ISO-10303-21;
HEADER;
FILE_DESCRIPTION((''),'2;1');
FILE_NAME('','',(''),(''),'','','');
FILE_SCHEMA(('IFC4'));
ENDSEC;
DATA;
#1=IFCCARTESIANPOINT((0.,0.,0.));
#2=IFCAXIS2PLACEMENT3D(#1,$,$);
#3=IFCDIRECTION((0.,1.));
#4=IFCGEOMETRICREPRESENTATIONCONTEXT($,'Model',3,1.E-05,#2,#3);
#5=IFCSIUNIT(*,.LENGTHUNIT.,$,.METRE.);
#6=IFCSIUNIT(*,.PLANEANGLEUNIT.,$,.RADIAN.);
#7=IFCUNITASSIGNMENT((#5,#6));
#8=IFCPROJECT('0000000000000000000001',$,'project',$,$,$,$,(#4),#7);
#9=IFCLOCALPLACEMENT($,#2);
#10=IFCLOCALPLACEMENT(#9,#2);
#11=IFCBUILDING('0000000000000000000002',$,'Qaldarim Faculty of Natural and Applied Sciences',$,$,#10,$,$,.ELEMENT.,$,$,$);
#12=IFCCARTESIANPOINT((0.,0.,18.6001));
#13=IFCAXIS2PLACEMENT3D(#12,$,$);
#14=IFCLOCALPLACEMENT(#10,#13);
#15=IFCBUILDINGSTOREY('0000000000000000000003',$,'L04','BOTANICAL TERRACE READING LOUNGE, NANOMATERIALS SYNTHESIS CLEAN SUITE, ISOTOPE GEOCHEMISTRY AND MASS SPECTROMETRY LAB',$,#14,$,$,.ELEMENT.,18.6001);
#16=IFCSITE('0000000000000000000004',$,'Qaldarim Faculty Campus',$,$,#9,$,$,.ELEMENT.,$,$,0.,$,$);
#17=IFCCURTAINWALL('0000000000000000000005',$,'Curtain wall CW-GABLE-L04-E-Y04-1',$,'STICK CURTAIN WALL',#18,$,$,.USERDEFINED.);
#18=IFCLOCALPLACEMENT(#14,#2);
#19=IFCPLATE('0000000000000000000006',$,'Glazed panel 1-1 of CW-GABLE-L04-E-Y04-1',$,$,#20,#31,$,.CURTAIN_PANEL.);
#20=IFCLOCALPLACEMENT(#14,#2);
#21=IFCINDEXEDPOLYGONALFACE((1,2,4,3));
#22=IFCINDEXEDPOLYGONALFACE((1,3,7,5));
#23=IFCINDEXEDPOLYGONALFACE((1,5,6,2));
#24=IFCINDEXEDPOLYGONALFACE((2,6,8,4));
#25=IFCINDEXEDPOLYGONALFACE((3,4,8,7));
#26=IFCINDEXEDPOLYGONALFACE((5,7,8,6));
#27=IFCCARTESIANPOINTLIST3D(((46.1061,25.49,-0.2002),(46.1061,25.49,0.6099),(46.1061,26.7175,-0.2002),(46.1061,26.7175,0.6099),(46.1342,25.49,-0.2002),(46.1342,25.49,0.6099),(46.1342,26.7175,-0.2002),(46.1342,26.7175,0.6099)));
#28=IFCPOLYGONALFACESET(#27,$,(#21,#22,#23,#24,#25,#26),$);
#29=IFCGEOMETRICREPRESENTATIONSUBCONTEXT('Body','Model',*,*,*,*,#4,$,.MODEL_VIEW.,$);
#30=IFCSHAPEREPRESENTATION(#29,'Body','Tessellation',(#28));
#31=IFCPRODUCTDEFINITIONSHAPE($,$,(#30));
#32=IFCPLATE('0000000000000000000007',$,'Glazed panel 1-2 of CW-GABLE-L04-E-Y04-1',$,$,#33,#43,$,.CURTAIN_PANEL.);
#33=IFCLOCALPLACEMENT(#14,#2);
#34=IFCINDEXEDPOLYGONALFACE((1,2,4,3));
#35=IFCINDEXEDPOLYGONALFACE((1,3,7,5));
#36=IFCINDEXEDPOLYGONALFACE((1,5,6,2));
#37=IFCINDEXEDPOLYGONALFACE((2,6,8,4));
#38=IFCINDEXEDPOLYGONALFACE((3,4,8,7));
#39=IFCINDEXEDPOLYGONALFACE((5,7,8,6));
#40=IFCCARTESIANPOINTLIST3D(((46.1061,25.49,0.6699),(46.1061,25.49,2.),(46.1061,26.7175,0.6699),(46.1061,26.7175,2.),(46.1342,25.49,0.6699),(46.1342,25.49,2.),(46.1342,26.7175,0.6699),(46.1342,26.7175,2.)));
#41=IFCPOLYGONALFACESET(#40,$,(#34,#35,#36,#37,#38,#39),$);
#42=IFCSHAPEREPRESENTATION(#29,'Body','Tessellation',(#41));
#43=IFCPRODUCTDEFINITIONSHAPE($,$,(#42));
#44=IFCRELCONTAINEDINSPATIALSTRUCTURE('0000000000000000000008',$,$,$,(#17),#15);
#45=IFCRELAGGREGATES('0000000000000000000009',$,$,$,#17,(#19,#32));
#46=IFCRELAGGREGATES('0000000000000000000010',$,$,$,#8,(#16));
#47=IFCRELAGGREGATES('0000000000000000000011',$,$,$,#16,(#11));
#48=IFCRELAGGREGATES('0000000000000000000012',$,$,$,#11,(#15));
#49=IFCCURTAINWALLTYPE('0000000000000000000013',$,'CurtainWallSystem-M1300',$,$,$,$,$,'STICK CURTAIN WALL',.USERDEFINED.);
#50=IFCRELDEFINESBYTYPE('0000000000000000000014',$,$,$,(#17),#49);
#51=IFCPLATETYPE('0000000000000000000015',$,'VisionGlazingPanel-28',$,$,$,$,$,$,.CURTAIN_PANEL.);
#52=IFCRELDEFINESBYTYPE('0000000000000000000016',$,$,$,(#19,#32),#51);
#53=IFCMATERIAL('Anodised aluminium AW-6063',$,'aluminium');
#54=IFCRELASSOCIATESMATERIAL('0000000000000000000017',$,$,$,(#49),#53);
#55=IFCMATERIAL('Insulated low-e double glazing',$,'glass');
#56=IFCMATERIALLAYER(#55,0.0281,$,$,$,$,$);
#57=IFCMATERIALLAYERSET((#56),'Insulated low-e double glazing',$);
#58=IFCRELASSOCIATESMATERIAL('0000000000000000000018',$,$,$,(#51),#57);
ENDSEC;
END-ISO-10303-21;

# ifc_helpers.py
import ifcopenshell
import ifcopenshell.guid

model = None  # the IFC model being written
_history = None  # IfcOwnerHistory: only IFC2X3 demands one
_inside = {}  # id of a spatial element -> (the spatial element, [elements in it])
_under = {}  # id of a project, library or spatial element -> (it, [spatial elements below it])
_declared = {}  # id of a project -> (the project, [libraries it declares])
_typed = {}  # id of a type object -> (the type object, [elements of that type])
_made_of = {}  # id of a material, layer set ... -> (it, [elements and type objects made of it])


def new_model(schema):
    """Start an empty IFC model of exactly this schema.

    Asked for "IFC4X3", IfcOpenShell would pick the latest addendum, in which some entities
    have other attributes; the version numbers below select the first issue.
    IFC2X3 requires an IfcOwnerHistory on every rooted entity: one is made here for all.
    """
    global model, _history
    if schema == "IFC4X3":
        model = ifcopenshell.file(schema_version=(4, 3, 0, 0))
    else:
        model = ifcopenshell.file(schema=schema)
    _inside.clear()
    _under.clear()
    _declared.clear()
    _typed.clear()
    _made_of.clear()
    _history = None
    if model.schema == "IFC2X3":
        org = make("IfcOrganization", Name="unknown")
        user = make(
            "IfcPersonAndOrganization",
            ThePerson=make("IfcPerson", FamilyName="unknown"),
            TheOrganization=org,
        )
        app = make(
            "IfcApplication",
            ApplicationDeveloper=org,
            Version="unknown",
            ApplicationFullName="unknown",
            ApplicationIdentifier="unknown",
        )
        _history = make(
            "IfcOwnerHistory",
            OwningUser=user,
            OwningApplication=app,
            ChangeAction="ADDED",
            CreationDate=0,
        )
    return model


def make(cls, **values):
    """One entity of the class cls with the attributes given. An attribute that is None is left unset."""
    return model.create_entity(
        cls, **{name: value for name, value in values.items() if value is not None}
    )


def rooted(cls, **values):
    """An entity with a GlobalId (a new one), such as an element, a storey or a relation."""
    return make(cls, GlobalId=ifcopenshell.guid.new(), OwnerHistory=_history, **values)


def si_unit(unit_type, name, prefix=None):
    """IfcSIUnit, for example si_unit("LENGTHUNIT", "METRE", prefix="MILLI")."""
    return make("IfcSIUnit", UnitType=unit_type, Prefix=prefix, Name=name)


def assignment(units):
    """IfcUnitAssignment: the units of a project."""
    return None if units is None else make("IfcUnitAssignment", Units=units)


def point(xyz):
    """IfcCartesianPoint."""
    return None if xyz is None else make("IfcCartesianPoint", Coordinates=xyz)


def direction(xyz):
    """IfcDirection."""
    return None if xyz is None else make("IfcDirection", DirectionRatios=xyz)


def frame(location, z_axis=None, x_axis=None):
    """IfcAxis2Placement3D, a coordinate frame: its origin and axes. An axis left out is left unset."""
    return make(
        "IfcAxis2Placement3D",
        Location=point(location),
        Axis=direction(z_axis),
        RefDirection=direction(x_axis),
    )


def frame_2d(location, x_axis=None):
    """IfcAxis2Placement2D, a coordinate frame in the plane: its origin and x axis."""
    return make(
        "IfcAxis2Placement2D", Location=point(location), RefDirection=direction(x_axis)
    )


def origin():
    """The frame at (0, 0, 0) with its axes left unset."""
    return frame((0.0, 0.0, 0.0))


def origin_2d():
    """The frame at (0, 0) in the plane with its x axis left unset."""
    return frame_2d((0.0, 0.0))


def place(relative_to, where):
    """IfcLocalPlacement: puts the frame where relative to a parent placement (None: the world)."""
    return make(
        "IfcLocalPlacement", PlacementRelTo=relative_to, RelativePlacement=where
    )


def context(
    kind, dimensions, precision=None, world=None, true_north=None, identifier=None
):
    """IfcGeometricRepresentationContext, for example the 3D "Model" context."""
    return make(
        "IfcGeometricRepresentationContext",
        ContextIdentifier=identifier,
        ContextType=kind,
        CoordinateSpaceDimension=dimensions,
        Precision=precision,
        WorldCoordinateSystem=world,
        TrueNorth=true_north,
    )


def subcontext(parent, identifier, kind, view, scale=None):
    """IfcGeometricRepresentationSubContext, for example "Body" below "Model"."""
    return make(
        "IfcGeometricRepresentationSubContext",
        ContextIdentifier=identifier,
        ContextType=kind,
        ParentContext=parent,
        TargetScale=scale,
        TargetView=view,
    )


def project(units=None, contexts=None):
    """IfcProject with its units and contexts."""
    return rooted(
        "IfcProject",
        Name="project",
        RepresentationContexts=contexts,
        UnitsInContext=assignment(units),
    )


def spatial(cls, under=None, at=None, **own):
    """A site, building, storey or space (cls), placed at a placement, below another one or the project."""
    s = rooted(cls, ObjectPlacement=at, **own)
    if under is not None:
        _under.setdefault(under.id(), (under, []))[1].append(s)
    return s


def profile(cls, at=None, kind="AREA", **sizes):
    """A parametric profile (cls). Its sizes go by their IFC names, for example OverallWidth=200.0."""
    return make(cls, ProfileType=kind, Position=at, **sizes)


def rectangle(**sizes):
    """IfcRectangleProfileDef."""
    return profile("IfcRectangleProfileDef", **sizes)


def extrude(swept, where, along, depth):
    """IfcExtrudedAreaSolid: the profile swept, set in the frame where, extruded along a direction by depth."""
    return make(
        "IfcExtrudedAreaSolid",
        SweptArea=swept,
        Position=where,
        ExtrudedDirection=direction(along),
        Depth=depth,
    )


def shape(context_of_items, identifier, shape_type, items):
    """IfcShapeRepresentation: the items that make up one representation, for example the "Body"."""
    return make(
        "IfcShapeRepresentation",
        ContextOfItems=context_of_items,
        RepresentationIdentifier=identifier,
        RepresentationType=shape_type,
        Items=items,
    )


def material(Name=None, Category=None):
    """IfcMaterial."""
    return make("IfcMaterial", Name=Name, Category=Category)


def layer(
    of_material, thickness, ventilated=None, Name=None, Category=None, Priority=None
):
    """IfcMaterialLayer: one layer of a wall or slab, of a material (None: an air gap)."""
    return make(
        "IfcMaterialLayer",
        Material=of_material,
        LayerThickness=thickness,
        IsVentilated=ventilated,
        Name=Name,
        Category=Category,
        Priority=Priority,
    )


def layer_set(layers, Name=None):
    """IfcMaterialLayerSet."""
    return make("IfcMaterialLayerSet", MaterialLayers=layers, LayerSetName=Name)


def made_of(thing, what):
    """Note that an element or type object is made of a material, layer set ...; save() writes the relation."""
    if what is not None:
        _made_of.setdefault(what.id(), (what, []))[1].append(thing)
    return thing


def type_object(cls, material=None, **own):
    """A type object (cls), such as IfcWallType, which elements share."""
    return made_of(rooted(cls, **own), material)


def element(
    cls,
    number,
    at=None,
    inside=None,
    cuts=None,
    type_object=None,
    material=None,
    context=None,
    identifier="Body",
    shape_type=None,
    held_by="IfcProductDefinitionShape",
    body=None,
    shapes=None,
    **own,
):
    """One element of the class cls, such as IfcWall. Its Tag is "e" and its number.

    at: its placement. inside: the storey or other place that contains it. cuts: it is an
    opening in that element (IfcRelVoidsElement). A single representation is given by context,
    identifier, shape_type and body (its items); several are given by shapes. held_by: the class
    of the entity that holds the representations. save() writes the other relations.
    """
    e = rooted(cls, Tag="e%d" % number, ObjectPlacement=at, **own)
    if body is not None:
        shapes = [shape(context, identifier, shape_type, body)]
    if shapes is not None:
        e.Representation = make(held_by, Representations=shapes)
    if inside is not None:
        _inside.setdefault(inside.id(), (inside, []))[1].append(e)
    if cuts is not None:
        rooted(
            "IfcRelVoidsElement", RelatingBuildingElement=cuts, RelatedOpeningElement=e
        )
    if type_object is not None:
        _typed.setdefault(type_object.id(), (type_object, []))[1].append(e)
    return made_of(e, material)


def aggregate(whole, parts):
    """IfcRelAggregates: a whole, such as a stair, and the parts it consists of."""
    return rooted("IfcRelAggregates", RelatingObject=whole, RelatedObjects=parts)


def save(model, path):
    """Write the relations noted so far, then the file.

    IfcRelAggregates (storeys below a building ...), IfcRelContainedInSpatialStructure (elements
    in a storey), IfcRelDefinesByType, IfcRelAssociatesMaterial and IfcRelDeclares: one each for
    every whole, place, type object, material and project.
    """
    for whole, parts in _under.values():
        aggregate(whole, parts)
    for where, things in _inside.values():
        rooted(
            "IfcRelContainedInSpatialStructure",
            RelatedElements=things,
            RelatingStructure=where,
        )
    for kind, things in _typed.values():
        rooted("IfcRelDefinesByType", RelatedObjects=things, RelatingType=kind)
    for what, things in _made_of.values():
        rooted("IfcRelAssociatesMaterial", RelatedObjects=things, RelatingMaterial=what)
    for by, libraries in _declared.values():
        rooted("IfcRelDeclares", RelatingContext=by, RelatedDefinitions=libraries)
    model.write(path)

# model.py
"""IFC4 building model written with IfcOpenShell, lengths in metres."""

from ifc_helpers import new_model, si_unit, direction, frame, origin, origin_2d, place, context, subcontext, project, spatial, rectangle, extrude, material, layer, layer_set, type_object, element, aggregate, save


model = new_model("IFC4")

# Units and contexts
model_context = context("Model", 3, precision=1e-05, world=origin(), true_north=direction((0.0, 1.0)))
body_context = subcontext(model_context, "Body", "Model", "MODEL_VIEW")
ifc_project = project(units=[si_unit("LENGTHUNIT", "METRE"), si_unit("PLANEANGLEUNIT", "RADIAN")], contexts=[model_context])

# Site, building, storey
site_placement = place(None, origin())
site = spatial("IfcSite", under=ifc_project, at=site_placement, Name="Qaldarim Faculty Campus", CompositionType="ELEMENT", RefElevation=0.0)
building_placement = place(site_placement, origin())
building = spatial("IfcBuilding", under=site, at=building_placement, Name="Qaldarim Faculty of Natural and Applied Sciences", CompositionType="ELEMENT")
storey_placement = place(building_placement, frame((0.0, 0.0, 18.6001)))
storey = spatial("IfcBuildingStorey", under=building, at=storey_placement, Name="L04", Description="BOTANICAL TERRACE READING LOUNGE, NANOMATERIALS SYNTHESIS CLEAN SUITE, ISOTOPE GEOCHEMISTRY AND MASS SPECTROMETRY LAB", CompositionType="ELEMENT", Elevation=18.6001)

# Shared definitions
ifc_material_1 = material(Name="Anodised aluminium AW-6063", Category="aluminium")

# Curtain wall
curtain_wall_type_1 = type_object("IfcCurtainWallType", Name="CurtainWallSystem-M1300", ElementType="STICK CURTAIN WALL", PredefinedType="USERDEFINED", material=ifc_material_1)
curtain_wall_1_placement = place(storey_placement, origin())
curtain_wall_1 = element("IfcCurtainWall", 1, at=curtain_wall_1_placement, inside=storey, type_object=curtain_wall_type_1, Name="Curtain wall CW-GABLE-L04-E-Y04-1", ObjectType="STICK CURTAIN WALL", PredefinedType="USERDEFINED")

# Plates
ifc_material_2 = material(Name="Insulated low-e double glazing", Category="glass")
ifc_layer_1 = layer(ifc_material_2, 0.0281)
ifc_layer_set_1 = layer_set([ifc_layer_1], Name="Insulated low-e double glazing")
plate_type_1 = type_object("IfcPlateType", Name="VisionGlazingPanel-28", PredefinedType="CURTAIN_PANEL", material=ifc_layer_set_1)
plate_1_placement = place(storey_placement, frame((46.1201, 26.1038, -0.2002), z_axis=(0.0, 0.0, 1.0), x_axis=(0.0, 1.0, 0.0)))
plate_1 = element("IfcPlate", 2, at=plate_1_placement, type_object=plate_type_1, Name="Glazed panel 1-1 of CW-GABLE-L04-E-Y04-1", PredefinedType="CURTAIN_PANEL", context=body_context, shape_type="SweptSolid", body=[
    extrude(rectangle(XDim=1.2275, YDim=0.0281, at=origin_2d()), origin(), (0.0, 0.0, 1.0), 0.8101),
])
plate_2_placement = place(storey_placement, frame((46.1201, 26.1038, 0.6699), z_axis=(0.0, 0.0, 1.0), x_axis=(0.0, 1.0, 0.0)))
plate_2 = element("IfcPlate", 3, at=plate_2_placement, type_object=plate_type_1, Name="Glazed panel 1-2 of CW-GABLE-L04-E-Y04-1", PredefinedType="CURTAIN_PANEL", context=body_context, shape_type="SweptSolid", body=[
    extrude(rectangle(XDim=1.2275, YDim=0.0281, at=origin_2d()), origin(), (0.0, 0.0, 1.0), 1.3301),
])
aggregate(curtain_wall_1, [plate_1, plate_2])

save(model, "model.ifc")
